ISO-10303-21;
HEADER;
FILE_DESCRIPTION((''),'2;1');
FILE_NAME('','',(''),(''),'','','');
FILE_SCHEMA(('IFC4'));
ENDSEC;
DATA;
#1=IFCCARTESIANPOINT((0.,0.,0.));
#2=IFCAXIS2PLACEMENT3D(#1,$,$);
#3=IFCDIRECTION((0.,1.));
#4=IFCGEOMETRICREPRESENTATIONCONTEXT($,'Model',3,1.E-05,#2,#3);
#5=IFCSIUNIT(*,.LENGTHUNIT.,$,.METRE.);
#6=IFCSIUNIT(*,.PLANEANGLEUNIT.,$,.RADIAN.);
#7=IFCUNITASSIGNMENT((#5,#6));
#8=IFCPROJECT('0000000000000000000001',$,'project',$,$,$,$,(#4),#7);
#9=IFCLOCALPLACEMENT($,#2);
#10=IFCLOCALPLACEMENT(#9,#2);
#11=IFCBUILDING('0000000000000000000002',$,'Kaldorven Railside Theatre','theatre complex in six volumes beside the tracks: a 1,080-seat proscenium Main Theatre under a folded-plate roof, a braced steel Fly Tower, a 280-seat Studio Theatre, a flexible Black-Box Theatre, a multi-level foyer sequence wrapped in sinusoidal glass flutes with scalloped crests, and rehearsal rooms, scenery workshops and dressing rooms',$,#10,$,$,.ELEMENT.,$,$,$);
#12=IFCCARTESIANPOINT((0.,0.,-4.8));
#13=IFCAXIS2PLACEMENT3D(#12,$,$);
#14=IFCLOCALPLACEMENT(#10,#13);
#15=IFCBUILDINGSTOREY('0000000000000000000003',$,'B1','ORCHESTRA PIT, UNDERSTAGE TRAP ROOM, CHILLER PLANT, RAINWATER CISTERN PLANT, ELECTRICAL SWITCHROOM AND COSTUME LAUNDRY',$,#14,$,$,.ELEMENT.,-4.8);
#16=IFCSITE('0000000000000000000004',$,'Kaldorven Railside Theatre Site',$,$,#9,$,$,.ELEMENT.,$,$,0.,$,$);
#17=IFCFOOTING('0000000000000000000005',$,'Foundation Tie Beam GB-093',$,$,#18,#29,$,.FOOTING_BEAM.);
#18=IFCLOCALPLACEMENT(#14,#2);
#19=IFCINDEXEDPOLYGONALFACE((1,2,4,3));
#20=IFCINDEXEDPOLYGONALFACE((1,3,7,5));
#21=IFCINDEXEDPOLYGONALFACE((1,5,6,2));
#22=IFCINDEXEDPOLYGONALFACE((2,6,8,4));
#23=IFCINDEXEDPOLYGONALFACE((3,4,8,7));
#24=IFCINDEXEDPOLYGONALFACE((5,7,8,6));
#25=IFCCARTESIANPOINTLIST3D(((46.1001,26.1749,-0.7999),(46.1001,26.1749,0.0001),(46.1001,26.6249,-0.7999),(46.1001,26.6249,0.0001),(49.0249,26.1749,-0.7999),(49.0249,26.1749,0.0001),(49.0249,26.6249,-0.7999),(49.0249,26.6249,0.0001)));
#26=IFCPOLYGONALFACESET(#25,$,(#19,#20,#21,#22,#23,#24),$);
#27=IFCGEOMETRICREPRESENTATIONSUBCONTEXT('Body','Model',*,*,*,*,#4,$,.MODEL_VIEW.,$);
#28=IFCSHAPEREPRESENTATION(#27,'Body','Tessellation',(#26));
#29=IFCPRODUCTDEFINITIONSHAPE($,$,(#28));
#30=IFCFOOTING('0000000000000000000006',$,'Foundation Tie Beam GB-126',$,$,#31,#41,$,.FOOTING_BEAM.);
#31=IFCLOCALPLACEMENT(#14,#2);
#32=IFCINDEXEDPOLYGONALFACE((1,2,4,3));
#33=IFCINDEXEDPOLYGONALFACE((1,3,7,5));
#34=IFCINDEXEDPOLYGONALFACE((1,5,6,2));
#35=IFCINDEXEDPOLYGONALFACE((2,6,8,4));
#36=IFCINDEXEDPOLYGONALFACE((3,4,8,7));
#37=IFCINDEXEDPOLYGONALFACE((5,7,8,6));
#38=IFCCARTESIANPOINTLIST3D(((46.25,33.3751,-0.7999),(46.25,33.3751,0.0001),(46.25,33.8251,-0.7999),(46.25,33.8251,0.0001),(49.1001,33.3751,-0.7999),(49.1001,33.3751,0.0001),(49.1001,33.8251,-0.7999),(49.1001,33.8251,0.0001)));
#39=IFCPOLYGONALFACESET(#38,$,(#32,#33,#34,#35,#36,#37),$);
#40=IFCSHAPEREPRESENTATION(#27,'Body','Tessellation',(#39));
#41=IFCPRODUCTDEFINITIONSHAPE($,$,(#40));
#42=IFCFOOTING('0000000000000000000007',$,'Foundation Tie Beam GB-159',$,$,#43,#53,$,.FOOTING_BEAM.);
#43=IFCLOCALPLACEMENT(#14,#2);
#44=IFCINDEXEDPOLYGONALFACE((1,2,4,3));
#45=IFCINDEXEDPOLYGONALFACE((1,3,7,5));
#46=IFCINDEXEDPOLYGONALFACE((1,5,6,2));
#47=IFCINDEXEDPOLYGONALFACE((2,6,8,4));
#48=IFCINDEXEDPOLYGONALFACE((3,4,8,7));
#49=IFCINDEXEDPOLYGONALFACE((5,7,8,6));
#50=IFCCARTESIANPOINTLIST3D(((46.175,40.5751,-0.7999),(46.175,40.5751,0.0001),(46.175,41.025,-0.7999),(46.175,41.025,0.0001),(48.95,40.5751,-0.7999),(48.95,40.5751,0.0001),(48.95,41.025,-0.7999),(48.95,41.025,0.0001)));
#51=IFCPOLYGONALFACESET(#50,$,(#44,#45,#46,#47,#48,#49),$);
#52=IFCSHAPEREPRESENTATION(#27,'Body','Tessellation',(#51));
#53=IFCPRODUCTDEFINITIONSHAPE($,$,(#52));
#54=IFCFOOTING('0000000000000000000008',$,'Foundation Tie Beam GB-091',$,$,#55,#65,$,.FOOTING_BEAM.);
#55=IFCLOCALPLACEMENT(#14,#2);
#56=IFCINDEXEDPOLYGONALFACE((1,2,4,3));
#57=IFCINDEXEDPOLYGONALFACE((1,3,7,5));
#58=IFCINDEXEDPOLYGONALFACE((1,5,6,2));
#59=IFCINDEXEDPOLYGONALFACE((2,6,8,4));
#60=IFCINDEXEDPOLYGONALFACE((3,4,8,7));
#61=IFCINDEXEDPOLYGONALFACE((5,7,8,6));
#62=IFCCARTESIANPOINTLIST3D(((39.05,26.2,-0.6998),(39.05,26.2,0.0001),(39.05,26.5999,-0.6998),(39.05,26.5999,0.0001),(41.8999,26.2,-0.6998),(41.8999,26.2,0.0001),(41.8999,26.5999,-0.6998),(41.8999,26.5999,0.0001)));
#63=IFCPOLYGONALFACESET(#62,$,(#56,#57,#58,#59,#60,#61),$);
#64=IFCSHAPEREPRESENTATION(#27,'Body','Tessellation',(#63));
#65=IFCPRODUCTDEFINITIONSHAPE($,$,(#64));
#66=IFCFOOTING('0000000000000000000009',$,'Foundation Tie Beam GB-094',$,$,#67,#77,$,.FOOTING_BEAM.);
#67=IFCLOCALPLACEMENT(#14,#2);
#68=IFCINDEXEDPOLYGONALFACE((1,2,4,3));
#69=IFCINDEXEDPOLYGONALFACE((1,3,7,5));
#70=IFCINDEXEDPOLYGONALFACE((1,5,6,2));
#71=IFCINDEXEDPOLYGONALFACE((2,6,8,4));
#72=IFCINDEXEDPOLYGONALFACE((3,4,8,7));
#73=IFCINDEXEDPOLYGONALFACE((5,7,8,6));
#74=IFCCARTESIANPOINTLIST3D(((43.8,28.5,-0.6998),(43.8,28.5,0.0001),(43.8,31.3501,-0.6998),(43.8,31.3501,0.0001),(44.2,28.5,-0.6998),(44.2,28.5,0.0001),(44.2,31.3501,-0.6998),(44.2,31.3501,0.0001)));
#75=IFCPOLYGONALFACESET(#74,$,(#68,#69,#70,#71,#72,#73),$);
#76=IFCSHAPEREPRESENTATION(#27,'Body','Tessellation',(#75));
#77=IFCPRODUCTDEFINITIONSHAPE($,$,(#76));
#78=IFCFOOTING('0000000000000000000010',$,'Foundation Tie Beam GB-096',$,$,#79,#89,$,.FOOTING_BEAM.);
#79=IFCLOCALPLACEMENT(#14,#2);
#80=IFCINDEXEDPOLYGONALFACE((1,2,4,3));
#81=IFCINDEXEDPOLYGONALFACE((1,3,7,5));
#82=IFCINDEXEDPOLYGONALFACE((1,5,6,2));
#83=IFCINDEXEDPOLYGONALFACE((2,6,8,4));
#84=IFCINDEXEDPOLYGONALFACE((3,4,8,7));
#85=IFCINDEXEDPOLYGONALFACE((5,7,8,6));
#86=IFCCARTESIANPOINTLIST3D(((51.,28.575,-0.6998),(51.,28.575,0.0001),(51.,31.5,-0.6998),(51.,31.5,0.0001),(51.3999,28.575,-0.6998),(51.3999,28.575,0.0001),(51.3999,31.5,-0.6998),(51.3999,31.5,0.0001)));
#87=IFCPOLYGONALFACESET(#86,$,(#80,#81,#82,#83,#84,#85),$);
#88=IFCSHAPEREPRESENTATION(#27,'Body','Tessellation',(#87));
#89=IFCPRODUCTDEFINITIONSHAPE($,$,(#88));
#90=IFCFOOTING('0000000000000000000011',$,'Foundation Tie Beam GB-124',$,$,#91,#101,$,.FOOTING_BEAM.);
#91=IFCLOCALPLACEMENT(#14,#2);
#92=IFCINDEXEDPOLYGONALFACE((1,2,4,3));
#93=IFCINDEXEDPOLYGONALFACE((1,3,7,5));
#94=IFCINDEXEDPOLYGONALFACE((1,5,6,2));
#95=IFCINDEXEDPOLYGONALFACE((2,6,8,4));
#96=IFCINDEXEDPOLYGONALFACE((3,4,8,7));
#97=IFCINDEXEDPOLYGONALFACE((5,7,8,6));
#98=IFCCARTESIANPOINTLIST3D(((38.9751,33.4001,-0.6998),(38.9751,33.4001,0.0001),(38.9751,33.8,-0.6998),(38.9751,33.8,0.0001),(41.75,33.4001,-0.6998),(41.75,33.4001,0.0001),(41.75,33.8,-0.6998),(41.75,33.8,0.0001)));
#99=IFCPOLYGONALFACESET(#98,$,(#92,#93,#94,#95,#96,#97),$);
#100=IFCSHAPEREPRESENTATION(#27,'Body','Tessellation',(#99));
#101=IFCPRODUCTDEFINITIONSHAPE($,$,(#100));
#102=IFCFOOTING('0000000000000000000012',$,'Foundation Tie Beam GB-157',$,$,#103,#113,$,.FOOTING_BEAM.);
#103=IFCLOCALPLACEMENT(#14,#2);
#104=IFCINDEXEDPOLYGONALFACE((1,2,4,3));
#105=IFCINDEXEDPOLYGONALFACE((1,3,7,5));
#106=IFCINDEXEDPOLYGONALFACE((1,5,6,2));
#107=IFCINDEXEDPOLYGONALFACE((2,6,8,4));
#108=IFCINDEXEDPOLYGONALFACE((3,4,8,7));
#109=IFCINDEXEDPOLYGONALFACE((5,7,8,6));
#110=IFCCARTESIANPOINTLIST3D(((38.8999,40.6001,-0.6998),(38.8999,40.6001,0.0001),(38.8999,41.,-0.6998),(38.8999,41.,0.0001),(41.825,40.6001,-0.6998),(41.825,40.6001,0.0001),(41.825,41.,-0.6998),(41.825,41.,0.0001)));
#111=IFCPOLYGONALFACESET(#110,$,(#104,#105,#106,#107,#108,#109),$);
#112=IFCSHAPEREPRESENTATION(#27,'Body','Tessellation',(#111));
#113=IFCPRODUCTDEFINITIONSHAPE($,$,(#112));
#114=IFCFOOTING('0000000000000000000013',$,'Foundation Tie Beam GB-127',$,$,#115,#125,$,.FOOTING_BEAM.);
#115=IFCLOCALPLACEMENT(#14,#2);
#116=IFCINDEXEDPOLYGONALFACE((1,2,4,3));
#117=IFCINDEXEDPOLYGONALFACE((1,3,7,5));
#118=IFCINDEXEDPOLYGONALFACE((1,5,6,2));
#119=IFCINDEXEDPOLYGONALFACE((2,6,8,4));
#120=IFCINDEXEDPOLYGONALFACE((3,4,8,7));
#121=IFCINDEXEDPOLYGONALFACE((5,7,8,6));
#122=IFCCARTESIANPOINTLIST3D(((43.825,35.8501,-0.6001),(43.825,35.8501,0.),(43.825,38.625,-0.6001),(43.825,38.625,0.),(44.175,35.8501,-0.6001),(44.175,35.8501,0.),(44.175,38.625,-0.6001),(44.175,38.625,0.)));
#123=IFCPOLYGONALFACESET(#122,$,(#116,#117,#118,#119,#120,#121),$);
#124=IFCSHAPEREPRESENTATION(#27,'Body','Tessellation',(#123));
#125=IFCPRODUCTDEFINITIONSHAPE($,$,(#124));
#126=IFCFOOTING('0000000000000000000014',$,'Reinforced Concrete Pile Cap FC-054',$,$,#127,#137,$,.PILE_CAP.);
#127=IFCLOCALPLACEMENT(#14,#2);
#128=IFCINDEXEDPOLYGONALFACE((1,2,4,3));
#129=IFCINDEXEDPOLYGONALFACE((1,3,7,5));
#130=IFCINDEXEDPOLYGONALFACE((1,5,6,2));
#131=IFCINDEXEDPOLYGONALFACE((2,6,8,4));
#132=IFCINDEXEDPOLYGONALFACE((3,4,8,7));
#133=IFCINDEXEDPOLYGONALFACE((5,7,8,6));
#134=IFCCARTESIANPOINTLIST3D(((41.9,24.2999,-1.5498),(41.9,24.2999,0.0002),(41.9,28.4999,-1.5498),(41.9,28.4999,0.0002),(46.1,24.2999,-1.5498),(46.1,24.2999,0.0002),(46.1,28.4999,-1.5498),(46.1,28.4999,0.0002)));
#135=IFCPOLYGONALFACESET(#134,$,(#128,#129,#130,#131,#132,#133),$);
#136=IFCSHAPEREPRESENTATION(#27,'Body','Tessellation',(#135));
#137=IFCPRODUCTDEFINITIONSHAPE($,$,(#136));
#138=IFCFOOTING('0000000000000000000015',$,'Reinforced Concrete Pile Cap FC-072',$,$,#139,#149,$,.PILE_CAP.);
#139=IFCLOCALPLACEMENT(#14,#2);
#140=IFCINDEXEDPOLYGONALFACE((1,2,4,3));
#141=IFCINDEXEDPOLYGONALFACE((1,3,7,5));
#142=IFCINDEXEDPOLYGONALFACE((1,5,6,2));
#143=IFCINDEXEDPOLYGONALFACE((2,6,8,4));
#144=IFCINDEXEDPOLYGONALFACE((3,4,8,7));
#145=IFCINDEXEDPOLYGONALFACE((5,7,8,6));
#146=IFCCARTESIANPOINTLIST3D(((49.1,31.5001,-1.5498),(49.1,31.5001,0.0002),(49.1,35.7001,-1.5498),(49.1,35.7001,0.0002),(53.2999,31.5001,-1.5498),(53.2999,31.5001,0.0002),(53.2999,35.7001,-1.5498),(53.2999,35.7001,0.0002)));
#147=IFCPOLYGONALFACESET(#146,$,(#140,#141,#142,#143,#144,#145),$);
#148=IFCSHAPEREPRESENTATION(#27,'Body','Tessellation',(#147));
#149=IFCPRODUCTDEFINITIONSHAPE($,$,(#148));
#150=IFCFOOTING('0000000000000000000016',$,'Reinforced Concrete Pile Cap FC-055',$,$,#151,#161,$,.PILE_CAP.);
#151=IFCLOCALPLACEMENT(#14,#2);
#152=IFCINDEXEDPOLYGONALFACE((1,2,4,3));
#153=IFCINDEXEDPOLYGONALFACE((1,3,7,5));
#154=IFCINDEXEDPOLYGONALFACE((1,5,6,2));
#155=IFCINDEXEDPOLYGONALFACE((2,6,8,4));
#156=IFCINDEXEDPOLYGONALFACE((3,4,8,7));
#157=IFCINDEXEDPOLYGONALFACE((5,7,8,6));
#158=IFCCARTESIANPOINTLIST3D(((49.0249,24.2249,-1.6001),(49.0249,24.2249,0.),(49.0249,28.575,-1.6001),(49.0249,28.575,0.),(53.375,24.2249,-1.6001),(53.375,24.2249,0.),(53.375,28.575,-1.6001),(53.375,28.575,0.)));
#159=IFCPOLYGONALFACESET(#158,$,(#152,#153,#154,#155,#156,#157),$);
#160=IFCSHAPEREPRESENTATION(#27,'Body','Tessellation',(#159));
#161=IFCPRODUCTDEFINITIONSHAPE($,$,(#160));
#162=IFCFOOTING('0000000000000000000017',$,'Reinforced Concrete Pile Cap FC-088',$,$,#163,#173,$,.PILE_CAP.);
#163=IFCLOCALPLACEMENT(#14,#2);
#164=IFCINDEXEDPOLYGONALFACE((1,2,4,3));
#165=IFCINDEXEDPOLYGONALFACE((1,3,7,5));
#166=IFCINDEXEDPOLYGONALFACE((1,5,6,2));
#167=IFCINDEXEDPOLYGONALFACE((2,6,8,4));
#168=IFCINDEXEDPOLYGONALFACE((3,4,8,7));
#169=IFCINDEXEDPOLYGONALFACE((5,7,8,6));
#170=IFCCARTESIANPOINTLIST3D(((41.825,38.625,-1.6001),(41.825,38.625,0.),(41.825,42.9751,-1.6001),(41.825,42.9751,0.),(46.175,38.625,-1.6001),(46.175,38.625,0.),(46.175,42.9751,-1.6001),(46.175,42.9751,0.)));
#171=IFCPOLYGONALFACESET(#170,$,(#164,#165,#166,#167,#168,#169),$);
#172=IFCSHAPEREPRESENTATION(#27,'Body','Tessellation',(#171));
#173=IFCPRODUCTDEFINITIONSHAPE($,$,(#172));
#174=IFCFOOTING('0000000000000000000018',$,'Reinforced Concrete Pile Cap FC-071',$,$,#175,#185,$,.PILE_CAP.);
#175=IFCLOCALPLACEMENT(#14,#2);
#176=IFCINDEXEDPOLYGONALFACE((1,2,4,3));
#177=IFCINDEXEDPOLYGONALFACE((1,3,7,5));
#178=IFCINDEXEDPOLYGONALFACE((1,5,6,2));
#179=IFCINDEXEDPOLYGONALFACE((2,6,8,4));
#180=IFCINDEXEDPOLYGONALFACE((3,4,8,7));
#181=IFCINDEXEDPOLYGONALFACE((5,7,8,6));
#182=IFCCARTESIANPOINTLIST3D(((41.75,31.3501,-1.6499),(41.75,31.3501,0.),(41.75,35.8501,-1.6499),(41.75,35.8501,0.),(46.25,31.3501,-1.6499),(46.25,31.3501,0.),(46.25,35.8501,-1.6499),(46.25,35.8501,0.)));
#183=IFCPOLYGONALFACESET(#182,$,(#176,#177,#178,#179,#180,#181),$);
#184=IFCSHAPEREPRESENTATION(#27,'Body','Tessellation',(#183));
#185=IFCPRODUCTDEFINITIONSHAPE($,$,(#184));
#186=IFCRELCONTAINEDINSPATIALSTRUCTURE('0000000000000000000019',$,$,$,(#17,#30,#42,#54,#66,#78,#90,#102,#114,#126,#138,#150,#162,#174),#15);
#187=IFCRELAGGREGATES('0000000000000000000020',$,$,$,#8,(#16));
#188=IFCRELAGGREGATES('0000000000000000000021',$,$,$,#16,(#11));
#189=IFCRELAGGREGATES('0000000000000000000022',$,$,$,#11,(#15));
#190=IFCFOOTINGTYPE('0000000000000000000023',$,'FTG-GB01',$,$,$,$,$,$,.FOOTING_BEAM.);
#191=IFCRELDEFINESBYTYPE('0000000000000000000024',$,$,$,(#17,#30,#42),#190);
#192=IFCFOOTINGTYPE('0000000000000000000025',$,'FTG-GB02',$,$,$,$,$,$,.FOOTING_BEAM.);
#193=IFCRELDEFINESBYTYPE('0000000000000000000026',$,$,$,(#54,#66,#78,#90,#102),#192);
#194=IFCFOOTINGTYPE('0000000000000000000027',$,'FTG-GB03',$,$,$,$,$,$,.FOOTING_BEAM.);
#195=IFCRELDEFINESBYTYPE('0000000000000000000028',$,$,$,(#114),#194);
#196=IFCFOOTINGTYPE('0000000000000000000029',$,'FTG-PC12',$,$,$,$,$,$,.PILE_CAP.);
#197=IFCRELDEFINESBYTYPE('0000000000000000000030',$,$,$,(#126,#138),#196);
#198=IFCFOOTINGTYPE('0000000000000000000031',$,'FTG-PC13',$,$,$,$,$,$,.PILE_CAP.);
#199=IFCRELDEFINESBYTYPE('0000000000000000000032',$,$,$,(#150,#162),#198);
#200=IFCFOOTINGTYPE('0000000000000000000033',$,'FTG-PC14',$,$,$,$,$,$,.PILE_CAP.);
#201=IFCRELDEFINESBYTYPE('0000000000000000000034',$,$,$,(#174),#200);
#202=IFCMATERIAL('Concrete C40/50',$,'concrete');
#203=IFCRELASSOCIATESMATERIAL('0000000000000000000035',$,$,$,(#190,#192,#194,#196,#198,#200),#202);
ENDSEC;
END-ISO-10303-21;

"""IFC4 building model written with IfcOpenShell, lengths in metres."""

from ifc_helpers import new_model, si_unit, direction, frame, origin, origin_2d, place, context, subcontext, project, spatial, rectangle, extrude, material, material_profile, profile_set, type_object, element, save


model = new_model("IFC4")

# Units and contexts
model_context = context("Model", 3, precision=1e-05, world=origin(), true_north=direction((0.0, 1.0)))
body_context = subcontext(model_context, "Body", "Model", "MODEL_VIEW")
ifc_project = project(units=[si_unit("LENGTHUNIT", "METRE"), si_unit("PLANEANGLEUNIT", "RADIAN")], contexts=[model_context])

# Site, building, storey
site_placement = place(None, origin())
site = spatial("IfcSite", under=ifc_project, at=site_placement, Name="Kaldorven Railside Theatre Site", CompositionType="ELEMENT", RefElevation=0.0)
building_placement = place(site_placement, origin())
building = spatial("IfcBuilding", under=site, at=building_placement, Name="Kaldorven Railside Theatre", Description="theatre complex in six volumes beside the tracks: a 1,080-seat proscenium Main Theatre under a folded-plate roof, a braced steel Fly Tower, a 280-seat Studio Theatre, a flexible Black-Box Theatre, a multi-level foyer sequence wrapped in sinusoidal glass flutes with scalloped crests, and rehearsal rooms, scenery workshops and dressing rooms", CompositionType="ELEMENT")
storey_placement = place(building_placement, frame((0.0, 0.0, -4.8)))
storey = spatial("IfcBuildingStorey", under=building, at=storey_placement, Name="B1", Description="ORCHESTRA PIT, UNDERSTAGE TRAP ROOM, CHILLER PLANT, RAINWATER CISTERN PLANT, ELECTRICAL SWITCHROOM AND COSTUME LAUNDRY", CompositionType="ELEMENT", Elevation=-4.8)

# Footings
ifc_material_1 = material(Name="Concrete C40/50", Category="concrete")
ifc_material_profile_1 = material_profile(ifc_material_1, rectangle(XDim=0.45, YDim=0.8, at=origin_2d()), Name="RC 450x800")
ifc_profile_set_1 = profile_set([ifc_material_profile_1], Name="Concrete C40/50")
footing_type_1 = type_object("IfcFootingType", Name="FTG-GB01", PredefinedType="FOOTING_BEAM", material=ifc_profile_set_1)
footing_1_placement = place(storey_placement, frame((46.1001, 26.3999, -0.3999), z_axis=(1.0, 0.0, 0.0), x_axis=(0.0, 1.0, 0.0)))
element("IfcFooting", 1, at=footing_1_placement, inside=storey, type_object=footing_type_1, Name="Foundation Tie Beam GB-093", PredefinedType="FOOTING_BEAM", context=body_context, shape_type="SweptSolid", body=[
    extrude(rectangle(XDim=0.45, YDim=0.8, at=origin_2d()), origin(), (0.0, 0.0, 1.0), 2.9248),
])
footing_2_placement = place(storey_placement, frame((46.25, 33.6001, -0.3999), z_axis=(1.0, 0.0, 0.0), x_axis=(0.0, 1.0, 0.0)))
element("IfcFooting", 2, at=footing_2_placement, inside=storey, type_object=footing_type_1, Name="Foundation Tie Beam GB-126", PredefinedType="FOOTING_BEAM", context=body_context, shape_type="SweptSolid", body=[
    extrude(rectangle(XDim=0.45, YDim=0.8, at=origin_2d()), origin(), (0.0, 0.0, 1.0), 2.8501),
])
footing_3_placement = place(storey_placement, frame((46.175, 40.8, -0.3999), z_axis=(1.0, 0.0, 0.0), x_axis=(0.0, 1.0, 0.0)))
element("IfcFooting", 3, at=footing_3_placement, inside=storey, type_object=footing_type_1, Name="Foundation Tie Beam GB-159", PredefinedType="FOOTING_BEAM", context=body_context, shape_type="SweptSolid", body=[
    extrude(rectangle(XDim=0.45, YDim=0.8, at=origin_2d()), origin(), (0.0, 0.0, 1.0), 2.7749),
])
ifc_material_profile_2 = material_profile(ifc_material_1, rectangle(XDim=0.3999, YDim=0.7, at=origin_2d()), Name="RC 400x700")
ifc_profile_set_2 = profile_set([ifc_material_profile_2], Name="Concrete C40/50")
footing_type_2 = type_object("IfcFootingType", Name="FTG-GB02", PredefinedType="FOOTING_BEAM", material=ifc_profile_set_2)
footing_4_placement = place(storey_placement, frame((39.05, 26.3999, -0.3499), z_axis=(1.0, 0.0, 0.0), x_axis=(0.0, 1.0, 0.0)))
element("IfcFooting", 4, at=footing_4_placement, inside=storey, type_object=footing_type_2, Name="Foundation Tie Beam GB-091", PredefinedType="FOOTING_BEAM", context=body_context, shape_type="SweptSolid", body=[
    extrude(rectangle(XDim=0.3999, YDim=0.7, at=origin_2d()), origin(), (0.0, 0.0, 1.0), 2.8499),
])
footing_5_placement = place(storey_placement, frame((44.0, 28.5, -0.3499), z_axis=(0.0, 1.0, 0.0), x_axis=(-1.0, 0.0, 0.0)))
element("IfcFooting", 5, at=footing_5_placement, inside=storey, type_object=footing_type_2, Name="Foundation Tie Beam GB-094", PredefinedType="FOOTING_BEAM", context=body_context, shape_type="SweptSolid", body=[
    extrude(rectangle(XDim=0.3999, YDim=0.7, at=origin_2d()), origin(), (0.0, 0.0, 1.0), 2.8501),
])
footing_6_placement = place(storey_placement, frame((51.2, 28.575, -0.3499), z_axis=(0.0, 1.0, 0.0), x_axis=(-1.0, 0.0, 0.0)))
element("IfcFooting", 6, at=footing_6_placement, inside=storey, type_object=footing_type_2, Name="Foundation Tie Beam GB-096", PredefinedType="FOOTING_BEAM", context=body_context, shape_type="SweptSolid", body=[
    extrude(rectangle(XDim=0.3999, YDim=0.7, at=origin_2d()), origin(), (0.0, 0.0, 1.0), 2.925),
])
footing_7_placement = place(storey_placement, frame((38.9751, 33.6001, -0.3499), z_axis=(1.0, 0.0, 0.0), x_axis=(0.0, 1.0, 0.0)))
element("IfcFooting", 7, at=footing_7_placement, inside=storey, type_object=footing_type_2, Name="Foundation Tie Beam GB-124", PredefinedType="FOOTING_BEAM", context=body_context, shape_type="SweptSolid", body=[
    extrude(rectangle(XDim=0.3999, YDim=0.7, at=origin_2d()), origin(), (0.0, 0.0, 1.0), 2.7749),
])
footing_8_placement = place(storey_placement, frame((38.8999, 40.8, -0.3499), z_axis=(1.0, 0.0, 0.0), x_axis=(0.0, 1.0, 0.0)))
element("IfcFooting", 8, at=footing_8_placement, inside=storey, type_object=footing_type_2, Name="Foundation Tie Beam GB-157", PredefinedType="FOOTING_BEAM", context=body_context, shape_type="SweptSolid", body=[
    extrude(rectangle(XDim=0.3999, YDim=0.7, at=origin_2d()), origin(), (0.0, 0.0, 1.0), 2.925),
])
ifc_material_profile_3 = material_profile(ifc_material_1, rectangle(XDim=0.3501, YDim=0.6001, at=origin_2d()), Name="RC 350x600")
ifc_profile_set_3 = profile_set([ifc_material_profile_3], Name="Concrete C40/50")
footing_type_3 = type_object("IfcFootingType", Name="FTG-GB03", PredefinedType="FOOTING_BEAM", material=ifc_profile_set_3)
footing_9_placement = place(storey_placement, frame((44.0, 35.8501, -0.3), z_axis=(0.0, 1.0, 0.0), x_axis=(-1.0, 0.0, 0.0)))
element("IfcFooting", 9, at=footing_9_placement, inside=storey, type_object=footing_type_3, Name="Foundation Tie Beam GB-127", PredefinedType="FOOTING_BEAM", context=body_context, shape_type="SweptSolid", body=[
    extrude(rectangle(XDim=0.3501, YDim=0.6001, at=origin_2d()), origin(), (0.0, 0.0, 1.0), 2.7749),
])
footing_type_4 = type_object("IfcFootingType", Name="FTG-PC12", PredefinedType="PILE_CAP", material=ifc_material_1)
for number, where, z_axis, x_axis, name in (
    (10, (44.0, 26.3999, -1.5498), (0.0, 0.0, 1.0), (1.0, 0.0, 0.0), "Reinforced Concrete Pile Cap FC-054"),
    (11, (51.2, 33.6001, -1.5498), (0.0, 0.0, 1.0), (1.0, 0.0, 0.0), "Reinforced Concrete Pile Cap FC-072"),
):
    element("IfcFooting", number, at=place(storey_placement, frame(where, z_axis=z_axis, x_axis=x_axis)), inside=storey, type_object=footing_type_4, Name=name, PredefinedType="PILE_CAP", context=body_context, shape_type="SweptSolid", body=[
        extrude(rectangle(XDim=4.2, YDim=4.2, at=origin_2d()), origin(), (0.0, 0.0, 1.0), 1.55),
    ])
footing_type_5 = type_object("IfcFootingType", Name="FTG-PC13", PredefinedType="PILE_CAP", material=ifc_material_1)
for number, where, z_axis, x_axis, name in (
    (12, (51.2, 26.3999, -1.6001), (0.0, 0.0, 1.0), (1.0, 0.0, 0.0), "Reinforced Concrete Pile Cap FC-055"),
    (13, (44.0, 40.8, -1.6001), (0.0, 0.0, 1.0), (1.0, 0.0, 0.0), "Reinforced Concrete Pile Cap FC-088"),
):
    element("IfcFooting", number, at=place(storey_placement, frame(where, z_axis=z_axis, x_axis=x_axis)), inside=storey, type_object=footing_type_5, Name=name, PredefinedType="PILE_CAP", context=body_context, shape_type="SweptSolid", body=[
        extrude(rectangle(XDim=4.3501, YDim=4.3501, at=origin_2d()), origin(), (0.0, 0.0, 1.0), 1.6001),
    ])
footing_type_6 = type_object("IfcFootingType", Name="FTG-PC14", PredefinedType="PILE_CAP", material=ifc_material_1)
footing_10_placement = place(storey_placement, frame((44.0, 33.6001, -1.6499), z_axis=(0.0, 0.0, 1.0), x_axis=(1.0, 0.0, 0.0)))
element("IfcFooting", 14, at=footing_10_placement, inside=storey, type_object=footing_type_6, Name="Reinforced Concrete Pile Cap FC-071", PredefinedType="PILE_CAP", context=body_context, shape_type="SweptSolid", body=[
    extrude(rectangle(XDim=4.5, YDim=4.5, at=origin_2d()), origin(), (0.0, 0.0, 1.0), 1.6499),
])

save(model, "model.ifc")
